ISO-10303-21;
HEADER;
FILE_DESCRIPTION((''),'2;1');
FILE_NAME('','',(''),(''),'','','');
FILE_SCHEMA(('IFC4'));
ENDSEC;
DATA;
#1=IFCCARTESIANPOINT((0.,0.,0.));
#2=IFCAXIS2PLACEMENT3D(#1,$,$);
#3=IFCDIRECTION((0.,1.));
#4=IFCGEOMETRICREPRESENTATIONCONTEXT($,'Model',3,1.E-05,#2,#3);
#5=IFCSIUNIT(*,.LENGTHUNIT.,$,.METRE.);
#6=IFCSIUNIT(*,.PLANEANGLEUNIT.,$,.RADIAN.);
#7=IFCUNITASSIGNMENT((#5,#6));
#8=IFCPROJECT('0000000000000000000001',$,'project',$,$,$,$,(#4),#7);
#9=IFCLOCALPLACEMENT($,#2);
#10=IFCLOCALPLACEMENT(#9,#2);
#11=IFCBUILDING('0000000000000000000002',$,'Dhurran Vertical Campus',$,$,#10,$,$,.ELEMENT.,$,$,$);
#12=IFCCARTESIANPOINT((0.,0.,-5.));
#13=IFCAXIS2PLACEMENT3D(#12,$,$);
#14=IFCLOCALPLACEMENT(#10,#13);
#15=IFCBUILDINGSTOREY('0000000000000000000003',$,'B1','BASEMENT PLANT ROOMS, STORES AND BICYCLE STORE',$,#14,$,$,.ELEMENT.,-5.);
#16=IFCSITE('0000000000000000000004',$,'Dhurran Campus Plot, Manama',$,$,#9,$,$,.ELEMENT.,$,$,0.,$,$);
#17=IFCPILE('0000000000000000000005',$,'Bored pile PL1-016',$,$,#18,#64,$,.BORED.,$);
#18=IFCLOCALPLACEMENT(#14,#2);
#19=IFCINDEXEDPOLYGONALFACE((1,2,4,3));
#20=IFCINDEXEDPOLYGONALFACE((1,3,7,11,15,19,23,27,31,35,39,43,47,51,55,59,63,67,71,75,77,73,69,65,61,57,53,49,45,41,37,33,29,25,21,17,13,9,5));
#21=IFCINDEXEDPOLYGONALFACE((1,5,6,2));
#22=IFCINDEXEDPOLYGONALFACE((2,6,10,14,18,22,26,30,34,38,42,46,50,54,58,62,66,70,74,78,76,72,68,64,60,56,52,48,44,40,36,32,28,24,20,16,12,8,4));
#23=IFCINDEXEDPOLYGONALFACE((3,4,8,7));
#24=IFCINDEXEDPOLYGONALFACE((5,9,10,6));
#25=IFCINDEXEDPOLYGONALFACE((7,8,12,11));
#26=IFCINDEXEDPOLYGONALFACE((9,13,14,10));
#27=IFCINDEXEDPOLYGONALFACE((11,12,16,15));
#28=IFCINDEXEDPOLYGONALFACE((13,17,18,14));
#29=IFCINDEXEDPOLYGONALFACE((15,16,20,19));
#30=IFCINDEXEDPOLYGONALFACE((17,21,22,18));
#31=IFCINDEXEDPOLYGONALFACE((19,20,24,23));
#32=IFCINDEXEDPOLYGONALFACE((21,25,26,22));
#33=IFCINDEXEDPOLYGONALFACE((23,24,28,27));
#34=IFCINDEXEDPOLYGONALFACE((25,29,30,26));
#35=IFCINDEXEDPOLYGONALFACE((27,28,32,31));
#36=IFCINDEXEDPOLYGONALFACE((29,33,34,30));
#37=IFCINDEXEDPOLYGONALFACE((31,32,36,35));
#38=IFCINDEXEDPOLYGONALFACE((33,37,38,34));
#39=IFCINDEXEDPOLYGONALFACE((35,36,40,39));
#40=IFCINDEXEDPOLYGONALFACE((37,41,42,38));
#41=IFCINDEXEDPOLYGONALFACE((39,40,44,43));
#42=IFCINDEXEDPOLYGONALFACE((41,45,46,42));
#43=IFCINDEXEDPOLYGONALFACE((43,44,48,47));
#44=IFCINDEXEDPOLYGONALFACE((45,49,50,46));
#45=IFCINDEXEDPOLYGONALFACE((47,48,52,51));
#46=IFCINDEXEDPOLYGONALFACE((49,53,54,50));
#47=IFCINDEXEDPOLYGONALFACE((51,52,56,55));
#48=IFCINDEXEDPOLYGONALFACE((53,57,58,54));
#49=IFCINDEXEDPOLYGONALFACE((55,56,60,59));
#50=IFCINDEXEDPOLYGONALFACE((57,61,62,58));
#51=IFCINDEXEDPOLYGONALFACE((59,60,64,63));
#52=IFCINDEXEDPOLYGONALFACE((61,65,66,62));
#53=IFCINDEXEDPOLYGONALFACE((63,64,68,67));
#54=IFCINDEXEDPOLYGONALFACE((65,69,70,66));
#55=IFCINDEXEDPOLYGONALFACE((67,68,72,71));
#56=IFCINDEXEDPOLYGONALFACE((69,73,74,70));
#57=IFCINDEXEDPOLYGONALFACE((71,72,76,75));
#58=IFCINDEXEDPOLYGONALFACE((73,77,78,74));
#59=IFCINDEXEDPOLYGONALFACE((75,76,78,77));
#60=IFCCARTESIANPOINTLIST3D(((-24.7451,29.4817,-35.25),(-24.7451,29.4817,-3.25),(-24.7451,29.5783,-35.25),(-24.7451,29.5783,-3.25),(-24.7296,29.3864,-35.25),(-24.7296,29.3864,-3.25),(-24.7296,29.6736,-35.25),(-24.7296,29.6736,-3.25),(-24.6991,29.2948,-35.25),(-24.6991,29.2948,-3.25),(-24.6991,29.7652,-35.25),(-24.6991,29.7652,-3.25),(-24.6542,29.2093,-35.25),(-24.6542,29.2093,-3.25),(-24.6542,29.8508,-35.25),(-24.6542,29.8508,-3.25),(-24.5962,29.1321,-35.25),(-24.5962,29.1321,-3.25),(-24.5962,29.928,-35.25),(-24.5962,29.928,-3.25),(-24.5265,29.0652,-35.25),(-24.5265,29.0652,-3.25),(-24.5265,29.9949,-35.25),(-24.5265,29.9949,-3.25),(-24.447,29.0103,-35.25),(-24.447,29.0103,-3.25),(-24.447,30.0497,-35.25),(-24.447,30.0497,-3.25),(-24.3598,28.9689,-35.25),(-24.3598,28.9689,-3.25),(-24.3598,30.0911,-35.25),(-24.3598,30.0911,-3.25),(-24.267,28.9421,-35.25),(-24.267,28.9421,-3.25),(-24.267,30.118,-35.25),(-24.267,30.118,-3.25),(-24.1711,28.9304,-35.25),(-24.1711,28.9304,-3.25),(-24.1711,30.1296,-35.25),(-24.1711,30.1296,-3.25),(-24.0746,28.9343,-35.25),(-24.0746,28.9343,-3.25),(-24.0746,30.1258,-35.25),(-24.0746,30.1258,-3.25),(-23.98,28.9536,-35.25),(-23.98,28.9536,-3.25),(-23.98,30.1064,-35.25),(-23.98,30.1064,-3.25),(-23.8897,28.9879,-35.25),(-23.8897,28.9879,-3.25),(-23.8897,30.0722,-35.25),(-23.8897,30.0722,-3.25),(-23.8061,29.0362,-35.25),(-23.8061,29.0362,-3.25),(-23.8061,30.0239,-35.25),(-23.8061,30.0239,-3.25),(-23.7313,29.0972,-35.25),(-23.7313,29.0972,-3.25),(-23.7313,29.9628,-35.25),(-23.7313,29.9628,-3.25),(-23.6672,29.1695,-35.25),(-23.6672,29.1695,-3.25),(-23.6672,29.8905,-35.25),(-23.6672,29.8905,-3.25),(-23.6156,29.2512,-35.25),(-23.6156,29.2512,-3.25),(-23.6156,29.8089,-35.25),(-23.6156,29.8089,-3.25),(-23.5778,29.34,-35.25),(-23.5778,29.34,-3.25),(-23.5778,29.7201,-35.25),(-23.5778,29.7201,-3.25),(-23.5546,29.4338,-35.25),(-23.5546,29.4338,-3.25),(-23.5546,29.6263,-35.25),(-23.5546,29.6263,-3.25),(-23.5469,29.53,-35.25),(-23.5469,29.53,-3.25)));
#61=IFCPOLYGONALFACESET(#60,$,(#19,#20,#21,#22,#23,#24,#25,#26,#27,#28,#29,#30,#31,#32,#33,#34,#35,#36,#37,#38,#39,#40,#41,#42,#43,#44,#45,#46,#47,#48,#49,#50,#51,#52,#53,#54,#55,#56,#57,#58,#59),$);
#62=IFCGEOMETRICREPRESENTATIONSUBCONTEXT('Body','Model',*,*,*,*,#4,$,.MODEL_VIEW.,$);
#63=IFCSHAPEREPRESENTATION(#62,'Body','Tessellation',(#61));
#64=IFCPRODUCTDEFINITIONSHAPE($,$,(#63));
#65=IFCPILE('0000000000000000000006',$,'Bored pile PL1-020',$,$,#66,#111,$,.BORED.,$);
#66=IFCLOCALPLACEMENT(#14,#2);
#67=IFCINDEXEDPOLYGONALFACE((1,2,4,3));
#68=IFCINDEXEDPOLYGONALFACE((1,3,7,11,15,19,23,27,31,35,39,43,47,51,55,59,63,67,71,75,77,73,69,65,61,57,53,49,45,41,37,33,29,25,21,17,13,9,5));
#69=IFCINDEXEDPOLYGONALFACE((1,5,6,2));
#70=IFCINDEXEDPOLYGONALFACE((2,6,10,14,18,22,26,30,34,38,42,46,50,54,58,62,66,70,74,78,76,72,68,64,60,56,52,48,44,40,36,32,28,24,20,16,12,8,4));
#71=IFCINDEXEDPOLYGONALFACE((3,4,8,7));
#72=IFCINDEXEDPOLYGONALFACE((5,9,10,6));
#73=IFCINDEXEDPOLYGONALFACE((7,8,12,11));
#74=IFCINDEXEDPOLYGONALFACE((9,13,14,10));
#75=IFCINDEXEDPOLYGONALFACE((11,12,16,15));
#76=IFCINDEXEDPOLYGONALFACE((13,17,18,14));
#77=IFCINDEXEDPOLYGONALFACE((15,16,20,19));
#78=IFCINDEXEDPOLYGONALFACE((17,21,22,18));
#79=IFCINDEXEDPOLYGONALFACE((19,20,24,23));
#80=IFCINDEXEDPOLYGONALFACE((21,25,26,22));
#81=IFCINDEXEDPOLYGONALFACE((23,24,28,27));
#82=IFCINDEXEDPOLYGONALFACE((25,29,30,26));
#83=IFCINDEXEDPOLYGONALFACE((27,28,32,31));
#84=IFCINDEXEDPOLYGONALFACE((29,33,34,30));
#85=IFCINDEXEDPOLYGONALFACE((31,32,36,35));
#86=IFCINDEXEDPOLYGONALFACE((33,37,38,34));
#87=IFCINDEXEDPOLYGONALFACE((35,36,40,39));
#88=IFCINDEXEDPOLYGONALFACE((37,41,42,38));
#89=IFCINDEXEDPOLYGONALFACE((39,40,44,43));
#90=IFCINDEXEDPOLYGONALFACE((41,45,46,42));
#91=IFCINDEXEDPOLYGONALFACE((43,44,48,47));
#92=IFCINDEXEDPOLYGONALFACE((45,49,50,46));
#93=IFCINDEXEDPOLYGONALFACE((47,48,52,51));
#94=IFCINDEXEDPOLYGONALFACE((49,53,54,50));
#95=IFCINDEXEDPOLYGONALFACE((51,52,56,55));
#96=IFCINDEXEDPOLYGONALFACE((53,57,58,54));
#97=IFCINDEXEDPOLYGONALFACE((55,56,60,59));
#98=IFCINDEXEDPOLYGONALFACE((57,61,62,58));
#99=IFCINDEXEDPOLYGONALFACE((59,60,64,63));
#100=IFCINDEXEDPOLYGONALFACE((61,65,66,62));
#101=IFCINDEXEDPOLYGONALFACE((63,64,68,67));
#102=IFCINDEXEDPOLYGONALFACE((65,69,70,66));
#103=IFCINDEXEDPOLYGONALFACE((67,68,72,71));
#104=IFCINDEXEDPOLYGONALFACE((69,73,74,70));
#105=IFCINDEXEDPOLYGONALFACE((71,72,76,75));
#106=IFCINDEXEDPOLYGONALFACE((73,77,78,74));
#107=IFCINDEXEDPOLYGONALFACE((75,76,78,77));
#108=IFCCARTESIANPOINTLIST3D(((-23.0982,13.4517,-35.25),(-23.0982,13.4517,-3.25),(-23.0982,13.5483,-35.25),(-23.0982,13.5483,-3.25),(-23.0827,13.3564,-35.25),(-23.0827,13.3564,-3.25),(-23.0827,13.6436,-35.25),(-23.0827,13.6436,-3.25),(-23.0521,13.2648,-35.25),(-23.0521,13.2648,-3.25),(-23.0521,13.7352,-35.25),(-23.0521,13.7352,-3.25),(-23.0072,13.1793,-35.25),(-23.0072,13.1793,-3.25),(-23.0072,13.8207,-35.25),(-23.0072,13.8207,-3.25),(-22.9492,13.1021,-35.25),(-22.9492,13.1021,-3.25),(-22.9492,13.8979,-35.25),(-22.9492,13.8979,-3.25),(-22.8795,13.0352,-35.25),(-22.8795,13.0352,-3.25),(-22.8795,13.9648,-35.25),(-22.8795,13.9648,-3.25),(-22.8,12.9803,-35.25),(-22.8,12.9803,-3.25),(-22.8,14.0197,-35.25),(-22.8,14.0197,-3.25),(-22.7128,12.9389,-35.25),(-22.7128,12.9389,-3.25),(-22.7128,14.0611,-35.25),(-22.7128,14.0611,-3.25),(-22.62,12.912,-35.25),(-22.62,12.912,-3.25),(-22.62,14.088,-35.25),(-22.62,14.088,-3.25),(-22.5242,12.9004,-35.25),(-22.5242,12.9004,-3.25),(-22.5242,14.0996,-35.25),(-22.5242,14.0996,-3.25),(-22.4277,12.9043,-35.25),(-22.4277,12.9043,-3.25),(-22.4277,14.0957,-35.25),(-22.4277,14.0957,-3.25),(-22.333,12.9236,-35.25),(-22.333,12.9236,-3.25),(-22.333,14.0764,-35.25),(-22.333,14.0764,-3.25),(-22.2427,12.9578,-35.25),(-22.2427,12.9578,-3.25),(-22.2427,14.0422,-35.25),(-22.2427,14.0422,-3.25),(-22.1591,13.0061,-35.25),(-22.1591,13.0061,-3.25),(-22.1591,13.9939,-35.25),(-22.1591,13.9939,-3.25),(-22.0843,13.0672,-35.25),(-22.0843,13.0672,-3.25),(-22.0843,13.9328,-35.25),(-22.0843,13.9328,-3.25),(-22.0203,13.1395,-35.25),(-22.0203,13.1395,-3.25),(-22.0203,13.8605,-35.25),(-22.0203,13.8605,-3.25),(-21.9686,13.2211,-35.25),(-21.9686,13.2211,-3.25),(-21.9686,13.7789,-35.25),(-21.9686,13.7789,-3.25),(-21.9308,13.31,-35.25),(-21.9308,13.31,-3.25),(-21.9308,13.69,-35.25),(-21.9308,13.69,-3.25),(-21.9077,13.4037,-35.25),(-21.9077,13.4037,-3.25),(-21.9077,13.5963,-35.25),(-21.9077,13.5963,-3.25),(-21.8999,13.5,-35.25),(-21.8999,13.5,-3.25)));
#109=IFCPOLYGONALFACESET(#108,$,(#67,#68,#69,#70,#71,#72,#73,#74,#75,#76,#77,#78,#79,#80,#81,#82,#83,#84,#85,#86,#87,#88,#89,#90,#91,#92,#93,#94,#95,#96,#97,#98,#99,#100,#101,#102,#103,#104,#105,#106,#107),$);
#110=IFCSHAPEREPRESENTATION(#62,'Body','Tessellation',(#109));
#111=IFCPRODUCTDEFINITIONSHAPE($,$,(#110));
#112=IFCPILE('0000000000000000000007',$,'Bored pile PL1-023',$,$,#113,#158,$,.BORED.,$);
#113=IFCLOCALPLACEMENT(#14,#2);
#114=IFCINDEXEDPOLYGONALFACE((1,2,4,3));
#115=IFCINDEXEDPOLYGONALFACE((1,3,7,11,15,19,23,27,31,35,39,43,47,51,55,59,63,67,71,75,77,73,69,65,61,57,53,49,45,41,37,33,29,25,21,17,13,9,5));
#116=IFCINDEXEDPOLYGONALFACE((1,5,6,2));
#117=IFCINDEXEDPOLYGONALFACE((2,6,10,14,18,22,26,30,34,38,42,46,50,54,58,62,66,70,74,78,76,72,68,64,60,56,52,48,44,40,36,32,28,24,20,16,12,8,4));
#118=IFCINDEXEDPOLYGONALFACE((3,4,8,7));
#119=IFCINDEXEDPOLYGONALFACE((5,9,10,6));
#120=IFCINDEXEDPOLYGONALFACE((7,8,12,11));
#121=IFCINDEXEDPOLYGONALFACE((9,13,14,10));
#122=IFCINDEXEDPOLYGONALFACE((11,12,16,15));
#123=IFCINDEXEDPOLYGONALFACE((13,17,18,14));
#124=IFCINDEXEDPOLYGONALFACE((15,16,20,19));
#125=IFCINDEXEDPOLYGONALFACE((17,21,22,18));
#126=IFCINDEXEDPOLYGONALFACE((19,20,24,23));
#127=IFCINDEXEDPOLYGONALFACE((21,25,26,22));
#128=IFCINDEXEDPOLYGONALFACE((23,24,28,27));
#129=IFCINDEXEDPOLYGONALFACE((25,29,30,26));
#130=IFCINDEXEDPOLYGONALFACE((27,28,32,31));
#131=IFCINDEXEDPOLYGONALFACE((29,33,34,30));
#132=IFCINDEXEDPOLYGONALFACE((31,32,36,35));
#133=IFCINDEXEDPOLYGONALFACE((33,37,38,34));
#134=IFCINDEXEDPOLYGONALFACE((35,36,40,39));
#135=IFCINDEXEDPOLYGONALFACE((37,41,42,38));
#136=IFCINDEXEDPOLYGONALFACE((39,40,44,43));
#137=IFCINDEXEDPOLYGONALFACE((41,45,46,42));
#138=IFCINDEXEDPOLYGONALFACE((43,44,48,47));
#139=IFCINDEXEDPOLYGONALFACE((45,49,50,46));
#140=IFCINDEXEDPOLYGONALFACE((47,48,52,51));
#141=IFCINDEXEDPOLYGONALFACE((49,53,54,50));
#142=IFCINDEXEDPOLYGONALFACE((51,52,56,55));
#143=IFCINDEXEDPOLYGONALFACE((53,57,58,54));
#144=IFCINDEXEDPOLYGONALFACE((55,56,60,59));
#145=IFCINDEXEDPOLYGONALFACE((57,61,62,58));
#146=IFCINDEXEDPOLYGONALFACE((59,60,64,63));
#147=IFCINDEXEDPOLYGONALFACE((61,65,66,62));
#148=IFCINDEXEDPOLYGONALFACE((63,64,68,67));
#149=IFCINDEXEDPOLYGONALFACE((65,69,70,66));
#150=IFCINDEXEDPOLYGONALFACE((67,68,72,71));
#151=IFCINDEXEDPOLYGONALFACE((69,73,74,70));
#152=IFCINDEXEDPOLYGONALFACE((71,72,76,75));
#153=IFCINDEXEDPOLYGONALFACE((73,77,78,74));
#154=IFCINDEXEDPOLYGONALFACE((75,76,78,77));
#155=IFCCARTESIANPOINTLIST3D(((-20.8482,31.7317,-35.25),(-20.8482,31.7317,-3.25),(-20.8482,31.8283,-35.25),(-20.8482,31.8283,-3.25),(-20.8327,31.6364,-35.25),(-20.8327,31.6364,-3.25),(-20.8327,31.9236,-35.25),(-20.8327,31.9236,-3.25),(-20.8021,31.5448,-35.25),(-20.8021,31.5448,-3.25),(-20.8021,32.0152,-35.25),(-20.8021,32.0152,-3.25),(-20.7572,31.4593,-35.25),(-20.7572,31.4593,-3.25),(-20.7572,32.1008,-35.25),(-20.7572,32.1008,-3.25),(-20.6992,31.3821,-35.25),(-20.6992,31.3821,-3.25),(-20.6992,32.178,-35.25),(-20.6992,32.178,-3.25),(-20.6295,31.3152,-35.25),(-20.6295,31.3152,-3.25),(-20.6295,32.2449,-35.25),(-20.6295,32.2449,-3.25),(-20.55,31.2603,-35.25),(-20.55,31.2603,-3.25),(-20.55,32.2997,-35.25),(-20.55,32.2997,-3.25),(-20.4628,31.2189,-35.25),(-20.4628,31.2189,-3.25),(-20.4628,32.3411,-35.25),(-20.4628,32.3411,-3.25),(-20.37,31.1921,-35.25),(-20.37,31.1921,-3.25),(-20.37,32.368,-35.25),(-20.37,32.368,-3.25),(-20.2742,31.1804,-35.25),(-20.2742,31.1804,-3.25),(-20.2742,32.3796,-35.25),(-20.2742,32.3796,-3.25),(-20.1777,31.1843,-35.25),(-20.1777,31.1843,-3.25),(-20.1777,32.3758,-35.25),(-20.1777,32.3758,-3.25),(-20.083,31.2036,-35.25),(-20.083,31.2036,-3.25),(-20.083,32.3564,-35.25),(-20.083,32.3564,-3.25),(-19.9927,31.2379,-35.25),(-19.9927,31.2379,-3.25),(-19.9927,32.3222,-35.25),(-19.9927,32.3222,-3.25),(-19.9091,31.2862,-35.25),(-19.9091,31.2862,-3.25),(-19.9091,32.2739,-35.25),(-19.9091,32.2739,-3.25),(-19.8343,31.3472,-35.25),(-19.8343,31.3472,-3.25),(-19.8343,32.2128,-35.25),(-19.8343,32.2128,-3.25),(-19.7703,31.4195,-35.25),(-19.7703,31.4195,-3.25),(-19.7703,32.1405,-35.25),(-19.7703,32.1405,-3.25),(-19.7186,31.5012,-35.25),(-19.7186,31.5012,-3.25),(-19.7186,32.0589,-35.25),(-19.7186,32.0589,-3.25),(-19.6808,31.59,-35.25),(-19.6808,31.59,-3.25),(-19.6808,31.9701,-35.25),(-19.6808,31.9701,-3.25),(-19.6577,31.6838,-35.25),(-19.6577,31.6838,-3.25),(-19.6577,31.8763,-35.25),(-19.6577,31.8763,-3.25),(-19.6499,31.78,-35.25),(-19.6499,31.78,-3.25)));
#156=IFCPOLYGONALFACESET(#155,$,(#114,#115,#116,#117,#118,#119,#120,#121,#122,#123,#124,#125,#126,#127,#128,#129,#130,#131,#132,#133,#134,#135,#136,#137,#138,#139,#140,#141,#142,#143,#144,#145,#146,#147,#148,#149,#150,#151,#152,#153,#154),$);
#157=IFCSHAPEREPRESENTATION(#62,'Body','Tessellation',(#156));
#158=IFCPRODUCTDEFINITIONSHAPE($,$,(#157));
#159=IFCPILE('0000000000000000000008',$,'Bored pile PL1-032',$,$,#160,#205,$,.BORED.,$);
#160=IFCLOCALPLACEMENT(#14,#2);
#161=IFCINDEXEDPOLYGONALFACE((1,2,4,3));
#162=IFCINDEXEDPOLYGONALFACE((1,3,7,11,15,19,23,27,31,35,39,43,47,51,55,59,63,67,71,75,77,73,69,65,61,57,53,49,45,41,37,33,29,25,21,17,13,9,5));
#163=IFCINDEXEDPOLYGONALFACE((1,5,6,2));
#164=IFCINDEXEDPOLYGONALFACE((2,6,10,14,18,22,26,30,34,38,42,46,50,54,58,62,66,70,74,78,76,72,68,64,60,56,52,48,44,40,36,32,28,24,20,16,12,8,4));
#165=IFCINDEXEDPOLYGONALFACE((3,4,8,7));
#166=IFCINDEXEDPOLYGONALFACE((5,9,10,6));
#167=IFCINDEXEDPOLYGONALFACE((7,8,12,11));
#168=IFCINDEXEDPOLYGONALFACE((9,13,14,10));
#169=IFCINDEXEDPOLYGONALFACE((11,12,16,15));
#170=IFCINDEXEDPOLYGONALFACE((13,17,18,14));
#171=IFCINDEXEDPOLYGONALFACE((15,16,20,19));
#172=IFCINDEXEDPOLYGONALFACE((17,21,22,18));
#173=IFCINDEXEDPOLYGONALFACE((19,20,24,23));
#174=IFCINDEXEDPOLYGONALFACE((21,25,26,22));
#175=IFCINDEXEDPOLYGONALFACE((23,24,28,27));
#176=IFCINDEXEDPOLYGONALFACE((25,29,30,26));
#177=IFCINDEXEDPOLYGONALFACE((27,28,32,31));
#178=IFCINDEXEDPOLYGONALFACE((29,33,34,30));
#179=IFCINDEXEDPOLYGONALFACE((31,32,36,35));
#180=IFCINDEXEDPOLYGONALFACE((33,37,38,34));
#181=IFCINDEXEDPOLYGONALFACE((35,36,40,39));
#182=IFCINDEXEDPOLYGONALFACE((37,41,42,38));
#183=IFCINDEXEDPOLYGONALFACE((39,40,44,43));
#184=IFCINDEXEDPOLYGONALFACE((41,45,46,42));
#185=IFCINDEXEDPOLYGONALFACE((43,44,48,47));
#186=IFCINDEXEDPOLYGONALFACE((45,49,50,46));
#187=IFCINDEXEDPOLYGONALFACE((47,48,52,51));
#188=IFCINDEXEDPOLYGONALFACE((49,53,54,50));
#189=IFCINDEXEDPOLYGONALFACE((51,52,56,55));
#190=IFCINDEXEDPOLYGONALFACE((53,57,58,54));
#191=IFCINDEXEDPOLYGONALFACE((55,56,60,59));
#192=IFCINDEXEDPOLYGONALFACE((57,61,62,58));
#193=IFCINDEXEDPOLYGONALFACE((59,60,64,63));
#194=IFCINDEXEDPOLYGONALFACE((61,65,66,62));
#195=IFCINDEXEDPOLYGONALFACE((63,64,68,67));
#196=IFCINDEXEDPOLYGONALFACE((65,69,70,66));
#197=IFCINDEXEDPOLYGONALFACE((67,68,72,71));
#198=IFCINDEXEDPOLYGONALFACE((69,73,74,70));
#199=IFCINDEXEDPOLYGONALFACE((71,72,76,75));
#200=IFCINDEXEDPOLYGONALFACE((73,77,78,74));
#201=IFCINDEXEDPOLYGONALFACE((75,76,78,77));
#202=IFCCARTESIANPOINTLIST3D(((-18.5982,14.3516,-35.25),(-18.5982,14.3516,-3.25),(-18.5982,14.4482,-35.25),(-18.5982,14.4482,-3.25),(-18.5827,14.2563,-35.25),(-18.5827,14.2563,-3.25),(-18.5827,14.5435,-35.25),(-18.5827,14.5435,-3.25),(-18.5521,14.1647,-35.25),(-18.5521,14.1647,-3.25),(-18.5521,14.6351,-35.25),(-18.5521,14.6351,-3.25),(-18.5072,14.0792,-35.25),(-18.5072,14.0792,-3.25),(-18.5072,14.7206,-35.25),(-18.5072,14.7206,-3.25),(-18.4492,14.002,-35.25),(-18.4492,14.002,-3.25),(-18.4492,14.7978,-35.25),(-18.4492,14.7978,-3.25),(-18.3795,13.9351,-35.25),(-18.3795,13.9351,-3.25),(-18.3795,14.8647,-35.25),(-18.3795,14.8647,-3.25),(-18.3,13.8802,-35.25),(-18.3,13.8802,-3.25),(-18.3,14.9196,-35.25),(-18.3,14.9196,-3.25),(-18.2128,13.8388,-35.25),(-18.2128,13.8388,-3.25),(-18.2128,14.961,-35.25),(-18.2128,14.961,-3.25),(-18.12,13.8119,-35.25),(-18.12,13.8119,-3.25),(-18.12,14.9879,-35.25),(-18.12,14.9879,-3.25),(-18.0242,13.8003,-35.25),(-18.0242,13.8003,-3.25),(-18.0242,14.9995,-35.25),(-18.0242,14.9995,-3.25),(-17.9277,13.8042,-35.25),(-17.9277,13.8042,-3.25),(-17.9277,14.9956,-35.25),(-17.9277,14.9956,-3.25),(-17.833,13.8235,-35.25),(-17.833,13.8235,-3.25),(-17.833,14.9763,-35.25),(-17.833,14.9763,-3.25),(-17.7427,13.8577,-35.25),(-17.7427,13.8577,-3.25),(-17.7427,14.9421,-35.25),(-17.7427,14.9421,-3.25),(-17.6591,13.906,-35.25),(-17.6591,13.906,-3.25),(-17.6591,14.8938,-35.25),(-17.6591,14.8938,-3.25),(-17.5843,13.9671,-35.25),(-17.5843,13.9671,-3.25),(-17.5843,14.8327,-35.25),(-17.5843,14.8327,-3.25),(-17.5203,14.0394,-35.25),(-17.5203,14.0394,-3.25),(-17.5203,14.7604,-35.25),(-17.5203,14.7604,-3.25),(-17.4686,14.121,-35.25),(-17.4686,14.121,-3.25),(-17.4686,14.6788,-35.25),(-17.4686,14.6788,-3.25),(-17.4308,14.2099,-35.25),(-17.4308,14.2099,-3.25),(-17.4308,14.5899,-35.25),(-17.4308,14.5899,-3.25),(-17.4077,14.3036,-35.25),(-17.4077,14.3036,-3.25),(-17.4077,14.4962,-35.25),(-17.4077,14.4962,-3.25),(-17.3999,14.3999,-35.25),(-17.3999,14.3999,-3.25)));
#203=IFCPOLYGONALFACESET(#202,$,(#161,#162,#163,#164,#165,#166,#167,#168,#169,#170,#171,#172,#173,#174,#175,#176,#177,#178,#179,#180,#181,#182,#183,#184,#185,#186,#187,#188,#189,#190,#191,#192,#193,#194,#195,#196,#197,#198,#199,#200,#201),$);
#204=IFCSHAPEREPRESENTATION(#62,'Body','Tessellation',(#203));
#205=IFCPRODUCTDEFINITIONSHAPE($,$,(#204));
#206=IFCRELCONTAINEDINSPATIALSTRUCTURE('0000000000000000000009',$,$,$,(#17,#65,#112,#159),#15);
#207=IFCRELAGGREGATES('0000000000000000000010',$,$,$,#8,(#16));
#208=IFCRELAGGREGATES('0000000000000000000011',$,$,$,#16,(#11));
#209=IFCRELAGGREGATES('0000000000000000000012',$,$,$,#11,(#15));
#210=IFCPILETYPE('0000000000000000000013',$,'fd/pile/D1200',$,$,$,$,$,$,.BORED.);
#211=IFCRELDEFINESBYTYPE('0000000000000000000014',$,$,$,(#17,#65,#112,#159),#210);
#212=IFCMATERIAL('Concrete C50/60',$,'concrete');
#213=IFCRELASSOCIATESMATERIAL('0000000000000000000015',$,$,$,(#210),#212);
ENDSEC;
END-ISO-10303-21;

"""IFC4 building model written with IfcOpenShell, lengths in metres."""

from ifc_helpers import new_model, si_unit, direction, frame, origin, origin_2d, place, context, subcontext, project, spatial, circle, extrude, material, material_profile, profile_set, type_object, element, save


model = new_model("IFC4")

# Units and contexts
model_context = context("Model", 3, precision=1e-05, world=origin(), true_north=direction((0.0, 1.0)))
body_context = subcontext(model_context, "Body", "Model", "MODEL_VIEW")
ifc_project = project(units=[si_unit("LENGTHUNIT", "METRE"), si_unit("PLANEANGLEUNIT", "RADIAN")], contexts=[model_context])

# Site, building, storey
site_placement = place(None, origin())
site = spatial("IfcSite", under=ifc_project, at=site_placement, Name="Dhurran Campus Plot, Manama", CompositionType="ELEMENT", RefElevation=0.0)
building_placement = place(site_placement, origin())
building = spatial("IfcBuilding", under=site, at=building_placement, Name="Dhurran Vertical Campus", CompositionType="ELEMENT")
storey_placement = place(building_placement, frame((0.0, 0.0, -5.0)))
storey = spatial("IfcBuildingStorey", under=building, at=storey_placement, Name="B1", Description="BASEMENT PLANT ROOMS, STORES AND BICYCLE STORE", CompositionType="ELEMENT", Elevation=-5.0)

# Piles
ifc_material_1 = material(Name="Concrete C50/60", Category="concrete")
ifc_material_profile_1 = material_profile(ifc_material_1, circle(Radius=0.6001, at=origin_2d()), Name="fd/pile/D1200")
ifc_profile_set_1 = profile_set([ifc_material_profile_1], Name="Concrete C50/60")
pile_type = type_object("IfcPileType", Name="fd/pile/D1200", PredefinedType="BORED", material=ifc_profile_set_1)
for number, where, z_axis, x_axis, name in (
    (1, (-24.147, 29.53, -3.25), (0.0, 0.0, -1.0), (1.0, 0.0, 0.0), "Bored pile PL1-016"),
    (2, (-22.5, 13.5, -3.25), (0.0, 0.0, -1.0), (1.0, 0.0, 0.0), "Bored pile PL1-020"),
    (3, (-20.25, 31.78, -3.25), (0.0, 0.0, -1.0), (1.0, 0.0, 0.0), "Bored pile PL1-023"),
    (4, (-18.0, 14.3999, -3.25), (0.0, 0.0, -1.0), (1.0, 0.0, 0.0), "Bored pile PL1-032"),
):
    element("IfcPile", number, at=place(storey_placement, frame(where, z_axis=z_axis, x_axis=x_axis)), inside=storey, type_object=pile_type, Name=name, PredefinedType="BORED", context=body_context, shape_type="SweptSolid", body=[
        extrude(circle(Radius=0.6001, at=origin_2d()), origin(), (0.0, 0.0, 1.0), 32.0),
    ])

save(model, "model.ifc")
